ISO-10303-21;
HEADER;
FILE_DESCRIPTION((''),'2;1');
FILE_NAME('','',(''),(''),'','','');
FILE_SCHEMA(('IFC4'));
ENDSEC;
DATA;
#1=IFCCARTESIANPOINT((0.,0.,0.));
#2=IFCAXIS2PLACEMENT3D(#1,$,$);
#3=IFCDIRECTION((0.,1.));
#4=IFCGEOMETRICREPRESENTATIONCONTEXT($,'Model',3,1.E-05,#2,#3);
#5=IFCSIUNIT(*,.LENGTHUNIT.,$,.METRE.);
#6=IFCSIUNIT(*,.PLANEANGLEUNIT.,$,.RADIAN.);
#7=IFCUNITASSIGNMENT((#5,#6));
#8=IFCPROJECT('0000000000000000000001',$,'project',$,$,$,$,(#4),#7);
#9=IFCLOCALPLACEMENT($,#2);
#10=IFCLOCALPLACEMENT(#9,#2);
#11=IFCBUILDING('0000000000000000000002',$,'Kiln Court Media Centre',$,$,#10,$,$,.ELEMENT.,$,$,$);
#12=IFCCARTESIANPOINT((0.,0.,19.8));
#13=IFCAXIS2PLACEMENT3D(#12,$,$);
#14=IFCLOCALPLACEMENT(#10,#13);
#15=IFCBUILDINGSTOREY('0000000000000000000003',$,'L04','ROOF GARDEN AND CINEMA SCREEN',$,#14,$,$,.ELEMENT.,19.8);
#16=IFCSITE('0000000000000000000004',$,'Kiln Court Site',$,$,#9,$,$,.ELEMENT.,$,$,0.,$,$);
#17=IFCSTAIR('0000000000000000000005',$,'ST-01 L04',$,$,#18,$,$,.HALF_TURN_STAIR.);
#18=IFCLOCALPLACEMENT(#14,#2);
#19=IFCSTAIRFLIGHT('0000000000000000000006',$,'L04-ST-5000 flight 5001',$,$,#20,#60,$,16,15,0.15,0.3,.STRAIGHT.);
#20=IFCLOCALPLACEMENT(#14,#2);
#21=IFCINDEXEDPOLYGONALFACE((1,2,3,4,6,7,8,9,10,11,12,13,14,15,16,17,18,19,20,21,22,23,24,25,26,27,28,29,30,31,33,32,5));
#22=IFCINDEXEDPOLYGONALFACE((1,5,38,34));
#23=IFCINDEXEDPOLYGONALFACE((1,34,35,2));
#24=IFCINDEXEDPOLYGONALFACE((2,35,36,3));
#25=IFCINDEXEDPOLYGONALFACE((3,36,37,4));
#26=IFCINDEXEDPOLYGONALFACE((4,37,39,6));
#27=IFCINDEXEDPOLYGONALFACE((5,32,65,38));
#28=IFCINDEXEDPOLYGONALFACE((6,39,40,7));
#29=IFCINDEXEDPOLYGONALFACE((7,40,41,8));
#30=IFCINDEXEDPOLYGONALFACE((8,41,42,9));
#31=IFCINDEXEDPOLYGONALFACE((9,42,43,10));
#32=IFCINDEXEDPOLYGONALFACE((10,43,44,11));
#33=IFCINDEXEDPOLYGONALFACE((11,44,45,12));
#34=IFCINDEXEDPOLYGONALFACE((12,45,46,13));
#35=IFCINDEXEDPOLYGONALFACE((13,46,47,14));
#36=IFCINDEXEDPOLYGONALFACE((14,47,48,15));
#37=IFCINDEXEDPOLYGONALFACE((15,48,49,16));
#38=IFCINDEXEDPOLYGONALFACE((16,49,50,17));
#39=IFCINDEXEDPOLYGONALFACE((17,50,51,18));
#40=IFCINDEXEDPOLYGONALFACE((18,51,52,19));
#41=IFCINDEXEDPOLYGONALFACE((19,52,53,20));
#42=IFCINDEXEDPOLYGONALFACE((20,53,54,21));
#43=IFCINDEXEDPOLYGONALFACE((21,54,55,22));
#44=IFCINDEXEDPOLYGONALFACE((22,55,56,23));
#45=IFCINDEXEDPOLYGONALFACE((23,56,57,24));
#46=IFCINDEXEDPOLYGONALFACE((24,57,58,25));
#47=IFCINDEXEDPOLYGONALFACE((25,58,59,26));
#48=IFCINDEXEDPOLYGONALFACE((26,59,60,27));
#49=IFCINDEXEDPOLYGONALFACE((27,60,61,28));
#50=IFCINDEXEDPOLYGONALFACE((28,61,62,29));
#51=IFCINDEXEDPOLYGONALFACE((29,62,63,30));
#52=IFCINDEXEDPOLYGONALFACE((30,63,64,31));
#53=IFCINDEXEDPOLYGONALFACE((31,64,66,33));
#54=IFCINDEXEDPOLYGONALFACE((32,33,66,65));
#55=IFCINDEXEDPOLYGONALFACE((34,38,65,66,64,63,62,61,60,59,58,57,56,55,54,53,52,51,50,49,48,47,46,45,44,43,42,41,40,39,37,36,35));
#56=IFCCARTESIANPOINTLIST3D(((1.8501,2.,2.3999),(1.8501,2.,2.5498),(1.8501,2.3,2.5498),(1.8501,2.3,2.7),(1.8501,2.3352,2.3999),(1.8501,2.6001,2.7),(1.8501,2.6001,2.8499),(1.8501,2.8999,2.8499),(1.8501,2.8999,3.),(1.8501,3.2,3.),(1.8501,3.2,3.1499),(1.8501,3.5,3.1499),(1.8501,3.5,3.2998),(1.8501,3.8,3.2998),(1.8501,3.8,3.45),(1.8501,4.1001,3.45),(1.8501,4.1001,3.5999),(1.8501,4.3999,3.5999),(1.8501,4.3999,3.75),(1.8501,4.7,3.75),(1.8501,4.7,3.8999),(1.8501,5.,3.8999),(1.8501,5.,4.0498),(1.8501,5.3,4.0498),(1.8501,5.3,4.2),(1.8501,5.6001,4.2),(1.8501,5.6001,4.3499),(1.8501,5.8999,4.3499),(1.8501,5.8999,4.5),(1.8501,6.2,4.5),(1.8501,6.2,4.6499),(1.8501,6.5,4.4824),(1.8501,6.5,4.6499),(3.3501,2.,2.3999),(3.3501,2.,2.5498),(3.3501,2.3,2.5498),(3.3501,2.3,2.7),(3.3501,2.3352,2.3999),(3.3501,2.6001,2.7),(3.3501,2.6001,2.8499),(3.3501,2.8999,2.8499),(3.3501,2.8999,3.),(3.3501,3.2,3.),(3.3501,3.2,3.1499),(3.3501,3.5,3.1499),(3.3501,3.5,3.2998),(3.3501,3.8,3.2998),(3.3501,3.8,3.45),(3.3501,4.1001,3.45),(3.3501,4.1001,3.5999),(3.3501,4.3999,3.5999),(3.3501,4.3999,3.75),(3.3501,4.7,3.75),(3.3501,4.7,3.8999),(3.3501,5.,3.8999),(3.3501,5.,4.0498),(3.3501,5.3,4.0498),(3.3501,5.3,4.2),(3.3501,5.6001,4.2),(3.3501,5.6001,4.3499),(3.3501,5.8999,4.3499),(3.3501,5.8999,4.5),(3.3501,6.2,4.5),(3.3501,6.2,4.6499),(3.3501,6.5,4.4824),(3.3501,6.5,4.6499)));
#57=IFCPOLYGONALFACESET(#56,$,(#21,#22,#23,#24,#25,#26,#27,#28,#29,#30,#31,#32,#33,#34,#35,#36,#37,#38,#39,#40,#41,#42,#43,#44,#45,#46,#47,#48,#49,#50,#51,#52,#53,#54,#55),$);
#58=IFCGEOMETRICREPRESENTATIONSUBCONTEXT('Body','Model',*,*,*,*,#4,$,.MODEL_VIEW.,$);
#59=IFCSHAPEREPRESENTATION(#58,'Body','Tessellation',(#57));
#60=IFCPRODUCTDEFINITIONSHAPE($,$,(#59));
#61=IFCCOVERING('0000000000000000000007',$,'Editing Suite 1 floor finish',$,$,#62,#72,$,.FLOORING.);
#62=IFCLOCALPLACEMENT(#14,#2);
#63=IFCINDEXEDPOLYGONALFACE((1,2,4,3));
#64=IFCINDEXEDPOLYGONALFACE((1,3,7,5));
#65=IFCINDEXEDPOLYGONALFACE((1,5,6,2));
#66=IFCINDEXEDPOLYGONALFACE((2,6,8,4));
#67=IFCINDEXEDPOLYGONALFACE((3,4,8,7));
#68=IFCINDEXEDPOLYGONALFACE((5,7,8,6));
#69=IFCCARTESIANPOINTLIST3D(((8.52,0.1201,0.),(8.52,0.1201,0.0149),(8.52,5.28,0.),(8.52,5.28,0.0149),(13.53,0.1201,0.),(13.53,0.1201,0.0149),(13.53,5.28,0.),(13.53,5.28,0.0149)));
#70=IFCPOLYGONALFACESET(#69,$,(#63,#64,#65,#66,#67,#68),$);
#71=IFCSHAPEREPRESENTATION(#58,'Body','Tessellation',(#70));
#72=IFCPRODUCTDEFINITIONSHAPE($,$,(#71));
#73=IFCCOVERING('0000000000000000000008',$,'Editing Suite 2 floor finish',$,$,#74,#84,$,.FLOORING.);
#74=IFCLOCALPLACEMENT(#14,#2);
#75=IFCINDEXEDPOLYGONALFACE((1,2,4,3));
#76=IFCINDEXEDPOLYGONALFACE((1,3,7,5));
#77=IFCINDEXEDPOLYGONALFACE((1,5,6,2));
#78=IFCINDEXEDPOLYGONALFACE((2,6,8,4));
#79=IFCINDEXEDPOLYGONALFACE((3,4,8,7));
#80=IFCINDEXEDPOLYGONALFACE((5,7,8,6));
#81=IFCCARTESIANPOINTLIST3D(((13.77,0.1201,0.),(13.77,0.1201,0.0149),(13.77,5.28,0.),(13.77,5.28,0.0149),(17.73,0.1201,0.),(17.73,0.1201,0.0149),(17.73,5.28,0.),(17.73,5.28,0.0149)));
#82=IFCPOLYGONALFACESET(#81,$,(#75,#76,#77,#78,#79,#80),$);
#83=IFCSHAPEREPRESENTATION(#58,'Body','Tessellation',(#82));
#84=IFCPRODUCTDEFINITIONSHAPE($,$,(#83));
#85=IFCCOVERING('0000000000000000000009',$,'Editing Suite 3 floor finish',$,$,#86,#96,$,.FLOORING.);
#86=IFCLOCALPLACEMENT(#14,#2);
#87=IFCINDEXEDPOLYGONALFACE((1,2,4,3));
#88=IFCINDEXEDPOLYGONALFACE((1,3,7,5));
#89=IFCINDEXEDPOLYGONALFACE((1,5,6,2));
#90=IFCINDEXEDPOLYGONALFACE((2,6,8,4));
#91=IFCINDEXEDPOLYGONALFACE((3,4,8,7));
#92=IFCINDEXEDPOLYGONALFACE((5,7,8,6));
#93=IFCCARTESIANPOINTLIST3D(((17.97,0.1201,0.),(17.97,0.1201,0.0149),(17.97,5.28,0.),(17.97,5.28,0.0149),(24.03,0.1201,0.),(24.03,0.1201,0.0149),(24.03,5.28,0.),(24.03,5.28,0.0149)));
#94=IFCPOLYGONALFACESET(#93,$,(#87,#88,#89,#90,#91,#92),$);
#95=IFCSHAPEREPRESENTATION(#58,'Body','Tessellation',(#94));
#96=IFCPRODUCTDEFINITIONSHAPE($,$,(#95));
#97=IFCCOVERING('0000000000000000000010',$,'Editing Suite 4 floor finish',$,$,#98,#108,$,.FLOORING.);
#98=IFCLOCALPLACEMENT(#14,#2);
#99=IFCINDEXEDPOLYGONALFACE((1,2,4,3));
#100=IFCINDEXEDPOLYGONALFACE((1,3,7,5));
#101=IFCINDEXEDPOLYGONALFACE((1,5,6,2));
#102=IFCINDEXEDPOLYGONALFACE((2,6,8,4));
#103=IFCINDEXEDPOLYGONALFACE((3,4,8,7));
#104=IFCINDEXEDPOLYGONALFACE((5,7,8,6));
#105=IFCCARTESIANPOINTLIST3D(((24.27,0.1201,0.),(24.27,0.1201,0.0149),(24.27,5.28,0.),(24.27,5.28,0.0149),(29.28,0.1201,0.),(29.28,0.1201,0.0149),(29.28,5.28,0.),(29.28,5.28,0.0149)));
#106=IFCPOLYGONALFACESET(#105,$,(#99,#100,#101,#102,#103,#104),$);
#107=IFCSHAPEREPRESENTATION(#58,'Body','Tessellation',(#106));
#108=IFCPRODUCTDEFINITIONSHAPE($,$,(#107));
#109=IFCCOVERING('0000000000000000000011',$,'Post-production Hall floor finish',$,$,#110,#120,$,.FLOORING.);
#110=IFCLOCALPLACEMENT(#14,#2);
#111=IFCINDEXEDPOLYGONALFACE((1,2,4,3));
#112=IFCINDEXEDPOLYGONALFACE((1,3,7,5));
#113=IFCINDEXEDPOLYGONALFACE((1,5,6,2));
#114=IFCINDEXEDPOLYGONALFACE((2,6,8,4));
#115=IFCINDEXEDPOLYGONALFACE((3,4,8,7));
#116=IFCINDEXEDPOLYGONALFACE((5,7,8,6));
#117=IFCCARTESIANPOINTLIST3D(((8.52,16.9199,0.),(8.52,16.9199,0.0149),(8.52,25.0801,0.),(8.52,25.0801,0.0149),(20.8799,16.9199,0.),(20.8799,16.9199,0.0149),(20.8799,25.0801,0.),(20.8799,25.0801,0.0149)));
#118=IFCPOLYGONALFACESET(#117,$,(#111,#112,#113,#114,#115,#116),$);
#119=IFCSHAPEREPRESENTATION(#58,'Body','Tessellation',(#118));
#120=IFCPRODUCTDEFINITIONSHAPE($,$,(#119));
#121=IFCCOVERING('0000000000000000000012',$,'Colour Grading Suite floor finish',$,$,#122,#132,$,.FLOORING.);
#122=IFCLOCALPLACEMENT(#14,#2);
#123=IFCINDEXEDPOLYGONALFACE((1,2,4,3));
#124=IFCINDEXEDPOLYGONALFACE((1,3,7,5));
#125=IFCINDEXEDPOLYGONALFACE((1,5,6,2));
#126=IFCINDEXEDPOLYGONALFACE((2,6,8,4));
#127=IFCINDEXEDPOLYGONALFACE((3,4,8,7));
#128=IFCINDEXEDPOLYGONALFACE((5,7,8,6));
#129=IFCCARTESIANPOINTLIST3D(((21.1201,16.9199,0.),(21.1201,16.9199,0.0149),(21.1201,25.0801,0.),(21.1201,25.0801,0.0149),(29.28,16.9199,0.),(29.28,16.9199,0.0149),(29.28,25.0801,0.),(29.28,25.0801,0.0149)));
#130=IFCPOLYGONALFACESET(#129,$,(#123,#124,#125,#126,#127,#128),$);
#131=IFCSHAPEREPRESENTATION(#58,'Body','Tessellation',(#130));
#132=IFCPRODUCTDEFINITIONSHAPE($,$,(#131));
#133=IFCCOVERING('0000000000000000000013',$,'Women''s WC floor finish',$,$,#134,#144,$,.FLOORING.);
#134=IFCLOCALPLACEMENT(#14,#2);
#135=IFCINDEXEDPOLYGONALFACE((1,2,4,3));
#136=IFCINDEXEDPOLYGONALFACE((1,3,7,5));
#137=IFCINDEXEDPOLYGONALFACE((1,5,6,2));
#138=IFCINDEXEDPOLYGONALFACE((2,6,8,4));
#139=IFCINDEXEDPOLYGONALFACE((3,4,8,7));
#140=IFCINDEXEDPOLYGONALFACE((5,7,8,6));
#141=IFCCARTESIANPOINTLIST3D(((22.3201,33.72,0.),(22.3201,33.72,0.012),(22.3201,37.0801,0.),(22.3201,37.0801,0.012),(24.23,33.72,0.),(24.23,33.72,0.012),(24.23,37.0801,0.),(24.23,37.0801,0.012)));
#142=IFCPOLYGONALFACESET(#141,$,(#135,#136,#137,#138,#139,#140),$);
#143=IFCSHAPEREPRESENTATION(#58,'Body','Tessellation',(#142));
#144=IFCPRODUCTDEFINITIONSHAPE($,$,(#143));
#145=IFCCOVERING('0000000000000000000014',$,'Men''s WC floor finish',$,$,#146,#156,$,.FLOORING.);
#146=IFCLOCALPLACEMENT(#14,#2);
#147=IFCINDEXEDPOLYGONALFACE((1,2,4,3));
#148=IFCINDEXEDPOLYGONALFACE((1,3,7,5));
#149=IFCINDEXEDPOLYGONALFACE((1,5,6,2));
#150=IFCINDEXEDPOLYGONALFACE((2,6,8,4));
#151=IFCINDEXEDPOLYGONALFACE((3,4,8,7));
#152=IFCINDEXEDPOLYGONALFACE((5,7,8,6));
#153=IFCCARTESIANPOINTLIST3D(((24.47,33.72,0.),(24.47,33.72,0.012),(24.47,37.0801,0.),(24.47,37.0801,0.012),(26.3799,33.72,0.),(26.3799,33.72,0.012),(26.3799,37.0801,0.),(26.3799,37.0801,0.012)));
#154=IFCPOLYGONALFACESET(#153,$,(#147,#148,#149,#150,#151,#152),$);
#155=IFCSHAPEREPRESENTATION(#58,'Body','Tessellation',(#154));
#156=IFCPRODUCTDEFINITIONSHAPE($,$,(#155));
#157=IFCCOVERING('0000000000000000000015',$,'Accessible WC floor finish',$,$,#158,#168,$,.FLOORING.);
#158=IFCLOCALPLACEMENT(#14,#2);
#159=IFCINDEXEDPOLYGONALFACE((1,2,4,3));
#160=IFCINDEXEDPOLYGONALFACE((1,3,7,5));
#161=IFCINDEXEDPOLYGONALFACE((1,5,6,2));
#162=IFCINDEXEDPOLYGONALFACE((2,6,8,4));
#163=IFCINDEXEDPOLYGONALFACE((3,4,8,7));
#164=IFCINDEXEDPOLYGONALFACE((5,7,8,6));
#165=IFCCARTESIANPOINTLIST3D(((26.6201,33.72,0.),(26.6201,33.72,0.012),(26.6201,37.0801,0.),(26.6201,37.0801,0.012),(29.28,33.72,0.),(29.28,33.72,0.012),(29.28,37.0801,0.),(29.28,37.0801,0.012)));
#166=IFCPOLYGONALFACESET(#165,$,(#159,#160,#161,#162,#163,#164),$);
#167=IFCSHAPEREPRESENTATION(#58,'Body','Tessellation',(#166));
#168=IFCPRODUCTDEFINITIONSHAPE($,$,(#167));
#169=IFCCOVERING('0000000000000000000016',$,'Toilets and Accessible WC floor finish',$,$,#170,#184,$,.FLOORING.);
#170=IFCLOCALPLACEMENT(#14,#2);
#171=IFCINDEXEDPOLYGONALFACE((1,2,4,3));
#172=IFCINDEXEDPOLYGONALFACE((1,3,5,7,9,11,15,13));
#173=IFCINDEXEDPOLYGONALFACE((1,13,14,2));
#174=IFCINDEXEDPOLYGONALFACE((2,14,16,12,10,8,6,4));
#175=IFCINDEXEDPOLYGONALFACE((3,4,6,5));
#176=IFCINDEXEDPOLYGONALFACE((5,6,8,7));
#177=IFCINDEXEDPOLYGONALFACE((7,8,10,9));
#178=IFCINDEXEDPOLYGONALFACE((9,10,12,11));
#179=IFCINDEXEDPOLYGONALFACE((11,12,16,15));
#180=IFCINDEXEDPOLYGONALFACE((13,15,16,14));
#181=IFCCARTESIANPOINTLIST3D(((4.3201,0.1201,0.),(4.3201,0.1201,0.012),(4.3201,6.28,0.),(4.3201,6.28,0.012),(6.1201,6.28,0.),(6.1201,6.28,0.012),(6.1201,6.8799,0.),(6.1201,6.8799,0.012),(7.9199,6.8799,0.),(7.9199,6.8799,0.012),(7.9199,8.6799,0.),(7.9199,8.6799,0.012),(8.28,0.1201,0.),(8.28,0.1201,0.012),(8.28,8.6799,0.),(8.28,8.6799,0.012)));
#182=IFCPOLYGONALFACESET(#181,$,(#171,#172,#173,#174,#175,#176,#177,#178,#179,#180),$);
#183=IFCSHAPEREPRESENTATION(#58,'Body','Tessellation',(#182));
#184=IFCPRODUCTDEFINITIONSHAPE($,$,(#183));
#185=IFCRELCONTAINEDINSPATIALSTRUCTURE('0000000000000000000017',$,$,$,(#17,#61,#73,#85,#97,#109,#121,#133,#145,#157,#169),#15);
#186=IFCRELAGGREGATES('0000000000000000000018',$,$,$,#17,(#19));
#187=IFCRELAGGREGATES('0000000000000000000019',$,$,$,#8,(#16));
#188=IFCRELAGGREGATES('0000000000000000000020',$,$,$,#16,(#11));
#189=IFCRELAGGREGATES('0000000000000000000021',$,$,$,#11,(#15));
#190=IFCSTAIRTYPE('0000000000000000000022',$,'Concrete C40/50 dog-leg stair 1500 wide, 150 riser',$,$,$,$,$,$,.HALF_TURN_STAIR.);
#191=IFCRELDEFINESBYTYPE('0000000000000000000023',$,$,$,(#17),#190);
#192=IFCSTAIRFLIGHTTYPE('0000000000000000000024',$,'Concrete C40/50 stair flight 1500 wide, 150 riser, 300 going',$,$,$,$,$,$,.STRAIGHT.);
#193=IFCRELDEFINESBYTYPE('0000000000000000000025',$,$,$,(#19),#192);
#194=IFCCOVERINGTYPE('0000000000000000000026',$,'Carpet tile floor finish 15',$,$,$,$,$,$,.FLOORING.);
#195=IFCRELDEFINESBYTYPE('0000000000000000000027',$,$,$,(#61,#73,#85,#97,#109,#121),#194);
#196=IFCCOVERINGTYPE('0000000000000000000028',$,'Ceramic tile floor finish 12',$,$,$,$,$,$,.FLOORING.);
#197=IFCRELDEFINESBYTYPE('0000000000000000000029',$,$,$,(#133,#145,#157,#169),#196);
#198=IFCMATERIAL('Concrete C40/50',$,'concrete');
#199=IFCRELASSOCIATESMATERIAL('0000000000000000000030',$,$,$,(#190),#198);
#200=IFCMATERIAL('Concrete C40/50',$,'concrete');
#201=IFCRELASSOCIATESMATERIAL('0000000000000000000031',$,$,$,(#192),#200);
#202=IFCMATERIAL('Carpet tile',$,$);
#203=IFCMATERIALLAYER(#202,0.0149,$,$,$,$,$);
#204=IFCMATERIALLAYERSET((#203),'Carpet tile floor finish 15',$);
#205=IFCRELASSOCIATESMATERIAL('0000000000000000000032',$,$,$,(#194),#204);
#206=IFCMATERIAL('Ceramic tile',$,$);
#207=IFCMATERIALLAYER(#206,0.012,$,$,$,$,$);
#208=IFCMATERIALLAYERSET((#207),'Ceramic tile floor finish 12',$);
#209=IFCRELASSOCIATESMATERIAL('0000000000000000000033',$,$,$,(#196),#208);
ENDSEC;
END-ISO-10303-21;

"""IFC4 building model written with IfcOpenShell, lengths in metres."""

from ifc_helpers import new_model, si_unit, direction, frame, origin, place, context, subcontext, project, spatial, polyline, outline, extrude, material, layer, layer_set, type_object, element, aggregate, save


model = new_model("IFC4")

# Units and contexts
model_context = context("Model", 3, precision=1e-05, world=origin(), true_north=direction((0.0, 1.0)))
body_context = subcontext(model_context, "Body", "Model", "MODEL_VIEW")
ifc_project = project(units=[si_unit("LENGTHUNIT", "METRE"), si_unit("PLANEANGLEUNIT", "RADIAN")], contexts=[model_context])

# Site, building, storey
site_placement = place(None, origin())
site = spatial("IfcSite", under=ifc_project, at=site_placement, Name="Kiln Court Site", CompositionType="ELEMENT", RefElevation=0.0)
building_placement = place(site_placement, origin())
building = spatial("IfcBuilding", under=site, at=building_placement, Name="Kiln Court Media Centre", CompositionType="ELEMENT")
storey_placement = place(building_placement, frame((0.0, 0.0, 19.8)))
storey = spatial("IfcBuildingStorey", under=building, at=storey_placement, Name="L04", Description="ROOF GARDEN AND CINEMA SCREEN", CompositionType="ELEMENT", Elevation=19.8)

# Stair, stair flight
ifc_material_1 = material(Name="Concrete C40/50", Category="concrete")
stair_type = type_object("IfcStairType", Name="Concrete C40/50 dog-leg stair 1500 wide, 150 riser", PredefinedType="HALF_TURN_STAIR", material=ifc_material_1)
stair_placement = place(storey_placement, origin())
stair = element("IfcStair", 1, at=stair_placement, inside=storey, type_object=stair_type, Name="ST-01 L04", PredefinedType="HALF_TURN_STAIR")
ifc_material_2 = material(Name="Concrete C40/50", Category="concrete")
stair_flight_type = type_object("IfcStairFlightType", Name="Concrete C40/50 stair flight 1500 wide, 150 riser, 300 going", PredefinedType="STRAIGHT", material=ifc_material_2)
stair_flight_placement = place(storey_placement, frame((2.6001, 2.0, 2.3999), z_axis=(0.0, 0.0, 1.0), x_axis=(0.0, 1.0, 0.0)))
stair_flight = element("IfcStairFlight", 2, at=stair_flight_placement, type_object=stair_flight_type, Name="L04-ST-5000 flight 5001", NumberOfRisers=16, NumberOfTreads=15, PredefinedType="STRAIGHT", RiserHeight=0.15, TreadLength=0.3, context=body_context, shape_type="SweptSolid", body=[
    extrude(outline(polyline([(0.0, 0.0), (0.0, 0.1499), (0.3, 0.1499), (0.3, 0.3), (0.6001, 0.3), (0.6001, 0.45), (0.8999, 0.45), (0.8999, 0.6001), (1.2, 0.6001), (1.2, 0.75), (1.5, 0.75), (1.5, 0.8999), (1.8, 0.8999), (1.8, 1.05), (2.1001, 1.05), (2.1001, 1.2), (2.3999, 1.2), (2.3999, 1.3501), (2.7, 1.3501), (2.7, 1.5), (3.0, 1.5), (3.0, 1.6499), (3.3, 1.6499), (3.3, 1.8), (3.6001, 1.8), (3.6001, 1.95), (3.8999, 1.95), (3.8999, 2.1001), (4.2, 2.1001), (4.2, 2.25), (4.5, 2.25), (4.5, 2.3999), (4.5, 2.0825), (0.3352, 0.0), (0.0, 0.0)])), frame((0.0, 0.75, 0.0), z_axis=(0.0, -1.0, 0.0), x_axis=(1.0, 0.0, 0.0)), (0.0, 0.0, 1.0), 1.5),
])
aggregate(stair, [stair_flight])

# Coverings
ifc_material_3 = material(Name="Carpet tile")
ifc_layer_1 = layer(ifc_material_3, 0.0149)
ifc_layer_set_1 = layer_set([ifc_layer_1], Name="Carpet tile floor finish 15")
covering_type_1 = type_object("IfcCoveringType", Name="Carpet tile floor finish 15", PredefinedType="FLOORING", material=ifc_layer_set_1)
covering_1_placement = place(storey_placement, origin())
element("IfcCovering", 3, at=covering_1_placement, inside=storey, type_object=covering_type_1, Name="Editing Suite 1 floor finish", PredefinedType="FLOORING", context=body_context, shape_type="SweptSolid", body=[
    extrude(outline(polyline([(8.52, 0.1201), (13.53, 0.1201), (13.53, 5.28), (8.52, 5.28), (8.52, 0.1201)])), origin(), (0.0, 0.0, 1.0), 0.0149),
])
covering_2_placement = place(storey_placement, origin())
element("IfcCovering", 4, at=covering_2_placement, inside=storey, type_object=covering_type_1, Name="Editing Suite 2 floor finish", PredefinedType="FLOORING", context=body_context, shape_type="SweptSolid", body=[
    extrude(outline(polyline([(13.77, 0.1201), (17.73, 0.1201), (17.73, 5.28), (13.77, 5.28), (13.77, 0.1201)])), origin(), (0.0, 0.0, 1.0), 0.0149),
])
covering_3_placement = place(storey_placement, origin())
element("IfcCovering", 5, at=covering_3_placement, inside=storey, type_object=covering_type_1, Name="Editing Suite 3 floor finish", PredefinedType="FLOORING", context=body_context, shape_type="SweptSolid", body=[
    extrude(outline(polyline([(17.97, 0.1201), (24.03, 0.1201), (24.03, 5.28), (17.97, 5.28), (17.97, 0.1201)])), origin(), (0.0, 0.0, 1.0), 0.0149),
])
covering_4_placement = place(storey_placement, origin())
element("IfcCovering", 6, at=covering_4_placement, inside=storey, type_object=covering_type_1, Name="Editing Suite 4 floor finish", PredefinedType="FLOORING", context=body_context, shape_type="SweptSolid", body=[
    extrude(outline(polyline([(24.27, 0.1201), (29.28, 0.1201), (29.28, 5.28), (24.27, 5.28), (24.27, 0.1201)])), origin(), (0.0, 0.0, 1.0), 0.0149),
])
covering_5_placement = place(storey_placement, origin())
element("IfcCovering", 7, at=covering_5_placement, inside=storey, type_object=covering_type_1, Name="Post-production Hall floor finish", PredefinedType="FLOORING", context=body_context, shape_type="SweptSolid", body=[
    extrude(outline(polyline([(8.52, 16.9199), (20.8799, 16.9199), (20.8799, 25.0801), (8.52, 25.0801), (8.52, 16.9199)])), origin(), (0.0, 0.0, 1.0), 0.0149),
])
covering_6_placement = place(storey_placement, origin())
element("IfcCovering", 8, at=covering_6_placement, inside=storey, type_object=covering_type_1, Name="Colour Grading Suite floor finish", PredefinedType="FLOORING", context=body_context, shape_type="SweptSolid", body=[
    extrude(outline(polyline([(21.1201, 16.9199), (29.28, 16.9199), (29.28, 25.0801), (21.1201, 25.0801), (21.1201, 16.9199)])), origin(), (0.0, 0.0, 1.0), 0.0149),
])
ifc_material_4 = material(Name="Ceramic tile")
ifc_layer_2 = layer(ifc_material_4, 0.012)
ifc_layer_set_2 = layer_set([ifc_layer_2], Name="Ceramic tile floor finish 12")
covering_type_2 = type_object("IfcCoveringType", Name="Ceramic tile floor finish 12", PredefinedType="FLOORING", material=ifc_layer_set_2)
covering_7_placement = place(storey_placement, origin())
element("IfcCovering", 9, at=covering_7_placement, inside=storey, type_object=covering_type_2, Name="Women's WC floor finish", PredefinedType="FLOORING", context=body_context, shape_type="SweptSolid", body=[
    extrude(outline(polyline([(24.23, 33.72), (24.23, 37.0801), (22.3201, 37.0801), (22.3201, 33.72), (24.23, 33.72)])), origin(), (0.0, 0.0, 1.0), 0.012),
])
covering_8_placement = place(storey_placement, origin())
element("IfcCovering", 10, at=covering_8_placement, inside=storey, type_object=covering_type_2, Name="Men's WC floor finish", PredefinedType="FLOORING", context=body_context, shape_type="SweptSolid", body=[
    extrude(outline(polyline([(26.3799, 33.72), (26.3799, 37.0801), (24.47, 37.0801), (24.47, 33.72), (26.3799, 33.72)])), origin(), (0.0, 0.0, 1.0), 0.012),
])
covering_9_placement = place(storey_placement, origin())
element("IfcCovering", 11, at=covering_9_placement, inside=storey, type_object=covering_type_2, Name="Accessible WC floor finish", PredefinedType="FLOORING", context=body_context, shape_type="SweptSolid", body=[
    extrude(outline(polyline([(29.28, 33.72), (29.28, 37.0801), (26.6201, 37.0801), (26.6201, 33.72), (29.28, 33.72)])), origin(), (0.0, 0.0, 1.0), 0.012),
])
covering_10_placement = place(storey_placement, origin())
element("IfcCovering", 12, at=covering_10_placement, inside=storey, type_object=covering_type_2, Name="Toilets and Accessible WC floor finish", PredefinedType="FLOORING", context=body_context, shape_type="SweptSolid", body=[
    extrude(outline(polyline([(8.28, 8.6799), (7.9199, 8.6799), (7.9199, 6.8799), (6.1201, 6.8799), (6.1201, 6.28), (4.3201, 6.28), (4.3201, 0.1201), (8.28, 0.1201), (8.28, 8.6799)])), origin(), (0.0, 0.0, 1.0), 0.012),
])

save(model, "model.ifc")
